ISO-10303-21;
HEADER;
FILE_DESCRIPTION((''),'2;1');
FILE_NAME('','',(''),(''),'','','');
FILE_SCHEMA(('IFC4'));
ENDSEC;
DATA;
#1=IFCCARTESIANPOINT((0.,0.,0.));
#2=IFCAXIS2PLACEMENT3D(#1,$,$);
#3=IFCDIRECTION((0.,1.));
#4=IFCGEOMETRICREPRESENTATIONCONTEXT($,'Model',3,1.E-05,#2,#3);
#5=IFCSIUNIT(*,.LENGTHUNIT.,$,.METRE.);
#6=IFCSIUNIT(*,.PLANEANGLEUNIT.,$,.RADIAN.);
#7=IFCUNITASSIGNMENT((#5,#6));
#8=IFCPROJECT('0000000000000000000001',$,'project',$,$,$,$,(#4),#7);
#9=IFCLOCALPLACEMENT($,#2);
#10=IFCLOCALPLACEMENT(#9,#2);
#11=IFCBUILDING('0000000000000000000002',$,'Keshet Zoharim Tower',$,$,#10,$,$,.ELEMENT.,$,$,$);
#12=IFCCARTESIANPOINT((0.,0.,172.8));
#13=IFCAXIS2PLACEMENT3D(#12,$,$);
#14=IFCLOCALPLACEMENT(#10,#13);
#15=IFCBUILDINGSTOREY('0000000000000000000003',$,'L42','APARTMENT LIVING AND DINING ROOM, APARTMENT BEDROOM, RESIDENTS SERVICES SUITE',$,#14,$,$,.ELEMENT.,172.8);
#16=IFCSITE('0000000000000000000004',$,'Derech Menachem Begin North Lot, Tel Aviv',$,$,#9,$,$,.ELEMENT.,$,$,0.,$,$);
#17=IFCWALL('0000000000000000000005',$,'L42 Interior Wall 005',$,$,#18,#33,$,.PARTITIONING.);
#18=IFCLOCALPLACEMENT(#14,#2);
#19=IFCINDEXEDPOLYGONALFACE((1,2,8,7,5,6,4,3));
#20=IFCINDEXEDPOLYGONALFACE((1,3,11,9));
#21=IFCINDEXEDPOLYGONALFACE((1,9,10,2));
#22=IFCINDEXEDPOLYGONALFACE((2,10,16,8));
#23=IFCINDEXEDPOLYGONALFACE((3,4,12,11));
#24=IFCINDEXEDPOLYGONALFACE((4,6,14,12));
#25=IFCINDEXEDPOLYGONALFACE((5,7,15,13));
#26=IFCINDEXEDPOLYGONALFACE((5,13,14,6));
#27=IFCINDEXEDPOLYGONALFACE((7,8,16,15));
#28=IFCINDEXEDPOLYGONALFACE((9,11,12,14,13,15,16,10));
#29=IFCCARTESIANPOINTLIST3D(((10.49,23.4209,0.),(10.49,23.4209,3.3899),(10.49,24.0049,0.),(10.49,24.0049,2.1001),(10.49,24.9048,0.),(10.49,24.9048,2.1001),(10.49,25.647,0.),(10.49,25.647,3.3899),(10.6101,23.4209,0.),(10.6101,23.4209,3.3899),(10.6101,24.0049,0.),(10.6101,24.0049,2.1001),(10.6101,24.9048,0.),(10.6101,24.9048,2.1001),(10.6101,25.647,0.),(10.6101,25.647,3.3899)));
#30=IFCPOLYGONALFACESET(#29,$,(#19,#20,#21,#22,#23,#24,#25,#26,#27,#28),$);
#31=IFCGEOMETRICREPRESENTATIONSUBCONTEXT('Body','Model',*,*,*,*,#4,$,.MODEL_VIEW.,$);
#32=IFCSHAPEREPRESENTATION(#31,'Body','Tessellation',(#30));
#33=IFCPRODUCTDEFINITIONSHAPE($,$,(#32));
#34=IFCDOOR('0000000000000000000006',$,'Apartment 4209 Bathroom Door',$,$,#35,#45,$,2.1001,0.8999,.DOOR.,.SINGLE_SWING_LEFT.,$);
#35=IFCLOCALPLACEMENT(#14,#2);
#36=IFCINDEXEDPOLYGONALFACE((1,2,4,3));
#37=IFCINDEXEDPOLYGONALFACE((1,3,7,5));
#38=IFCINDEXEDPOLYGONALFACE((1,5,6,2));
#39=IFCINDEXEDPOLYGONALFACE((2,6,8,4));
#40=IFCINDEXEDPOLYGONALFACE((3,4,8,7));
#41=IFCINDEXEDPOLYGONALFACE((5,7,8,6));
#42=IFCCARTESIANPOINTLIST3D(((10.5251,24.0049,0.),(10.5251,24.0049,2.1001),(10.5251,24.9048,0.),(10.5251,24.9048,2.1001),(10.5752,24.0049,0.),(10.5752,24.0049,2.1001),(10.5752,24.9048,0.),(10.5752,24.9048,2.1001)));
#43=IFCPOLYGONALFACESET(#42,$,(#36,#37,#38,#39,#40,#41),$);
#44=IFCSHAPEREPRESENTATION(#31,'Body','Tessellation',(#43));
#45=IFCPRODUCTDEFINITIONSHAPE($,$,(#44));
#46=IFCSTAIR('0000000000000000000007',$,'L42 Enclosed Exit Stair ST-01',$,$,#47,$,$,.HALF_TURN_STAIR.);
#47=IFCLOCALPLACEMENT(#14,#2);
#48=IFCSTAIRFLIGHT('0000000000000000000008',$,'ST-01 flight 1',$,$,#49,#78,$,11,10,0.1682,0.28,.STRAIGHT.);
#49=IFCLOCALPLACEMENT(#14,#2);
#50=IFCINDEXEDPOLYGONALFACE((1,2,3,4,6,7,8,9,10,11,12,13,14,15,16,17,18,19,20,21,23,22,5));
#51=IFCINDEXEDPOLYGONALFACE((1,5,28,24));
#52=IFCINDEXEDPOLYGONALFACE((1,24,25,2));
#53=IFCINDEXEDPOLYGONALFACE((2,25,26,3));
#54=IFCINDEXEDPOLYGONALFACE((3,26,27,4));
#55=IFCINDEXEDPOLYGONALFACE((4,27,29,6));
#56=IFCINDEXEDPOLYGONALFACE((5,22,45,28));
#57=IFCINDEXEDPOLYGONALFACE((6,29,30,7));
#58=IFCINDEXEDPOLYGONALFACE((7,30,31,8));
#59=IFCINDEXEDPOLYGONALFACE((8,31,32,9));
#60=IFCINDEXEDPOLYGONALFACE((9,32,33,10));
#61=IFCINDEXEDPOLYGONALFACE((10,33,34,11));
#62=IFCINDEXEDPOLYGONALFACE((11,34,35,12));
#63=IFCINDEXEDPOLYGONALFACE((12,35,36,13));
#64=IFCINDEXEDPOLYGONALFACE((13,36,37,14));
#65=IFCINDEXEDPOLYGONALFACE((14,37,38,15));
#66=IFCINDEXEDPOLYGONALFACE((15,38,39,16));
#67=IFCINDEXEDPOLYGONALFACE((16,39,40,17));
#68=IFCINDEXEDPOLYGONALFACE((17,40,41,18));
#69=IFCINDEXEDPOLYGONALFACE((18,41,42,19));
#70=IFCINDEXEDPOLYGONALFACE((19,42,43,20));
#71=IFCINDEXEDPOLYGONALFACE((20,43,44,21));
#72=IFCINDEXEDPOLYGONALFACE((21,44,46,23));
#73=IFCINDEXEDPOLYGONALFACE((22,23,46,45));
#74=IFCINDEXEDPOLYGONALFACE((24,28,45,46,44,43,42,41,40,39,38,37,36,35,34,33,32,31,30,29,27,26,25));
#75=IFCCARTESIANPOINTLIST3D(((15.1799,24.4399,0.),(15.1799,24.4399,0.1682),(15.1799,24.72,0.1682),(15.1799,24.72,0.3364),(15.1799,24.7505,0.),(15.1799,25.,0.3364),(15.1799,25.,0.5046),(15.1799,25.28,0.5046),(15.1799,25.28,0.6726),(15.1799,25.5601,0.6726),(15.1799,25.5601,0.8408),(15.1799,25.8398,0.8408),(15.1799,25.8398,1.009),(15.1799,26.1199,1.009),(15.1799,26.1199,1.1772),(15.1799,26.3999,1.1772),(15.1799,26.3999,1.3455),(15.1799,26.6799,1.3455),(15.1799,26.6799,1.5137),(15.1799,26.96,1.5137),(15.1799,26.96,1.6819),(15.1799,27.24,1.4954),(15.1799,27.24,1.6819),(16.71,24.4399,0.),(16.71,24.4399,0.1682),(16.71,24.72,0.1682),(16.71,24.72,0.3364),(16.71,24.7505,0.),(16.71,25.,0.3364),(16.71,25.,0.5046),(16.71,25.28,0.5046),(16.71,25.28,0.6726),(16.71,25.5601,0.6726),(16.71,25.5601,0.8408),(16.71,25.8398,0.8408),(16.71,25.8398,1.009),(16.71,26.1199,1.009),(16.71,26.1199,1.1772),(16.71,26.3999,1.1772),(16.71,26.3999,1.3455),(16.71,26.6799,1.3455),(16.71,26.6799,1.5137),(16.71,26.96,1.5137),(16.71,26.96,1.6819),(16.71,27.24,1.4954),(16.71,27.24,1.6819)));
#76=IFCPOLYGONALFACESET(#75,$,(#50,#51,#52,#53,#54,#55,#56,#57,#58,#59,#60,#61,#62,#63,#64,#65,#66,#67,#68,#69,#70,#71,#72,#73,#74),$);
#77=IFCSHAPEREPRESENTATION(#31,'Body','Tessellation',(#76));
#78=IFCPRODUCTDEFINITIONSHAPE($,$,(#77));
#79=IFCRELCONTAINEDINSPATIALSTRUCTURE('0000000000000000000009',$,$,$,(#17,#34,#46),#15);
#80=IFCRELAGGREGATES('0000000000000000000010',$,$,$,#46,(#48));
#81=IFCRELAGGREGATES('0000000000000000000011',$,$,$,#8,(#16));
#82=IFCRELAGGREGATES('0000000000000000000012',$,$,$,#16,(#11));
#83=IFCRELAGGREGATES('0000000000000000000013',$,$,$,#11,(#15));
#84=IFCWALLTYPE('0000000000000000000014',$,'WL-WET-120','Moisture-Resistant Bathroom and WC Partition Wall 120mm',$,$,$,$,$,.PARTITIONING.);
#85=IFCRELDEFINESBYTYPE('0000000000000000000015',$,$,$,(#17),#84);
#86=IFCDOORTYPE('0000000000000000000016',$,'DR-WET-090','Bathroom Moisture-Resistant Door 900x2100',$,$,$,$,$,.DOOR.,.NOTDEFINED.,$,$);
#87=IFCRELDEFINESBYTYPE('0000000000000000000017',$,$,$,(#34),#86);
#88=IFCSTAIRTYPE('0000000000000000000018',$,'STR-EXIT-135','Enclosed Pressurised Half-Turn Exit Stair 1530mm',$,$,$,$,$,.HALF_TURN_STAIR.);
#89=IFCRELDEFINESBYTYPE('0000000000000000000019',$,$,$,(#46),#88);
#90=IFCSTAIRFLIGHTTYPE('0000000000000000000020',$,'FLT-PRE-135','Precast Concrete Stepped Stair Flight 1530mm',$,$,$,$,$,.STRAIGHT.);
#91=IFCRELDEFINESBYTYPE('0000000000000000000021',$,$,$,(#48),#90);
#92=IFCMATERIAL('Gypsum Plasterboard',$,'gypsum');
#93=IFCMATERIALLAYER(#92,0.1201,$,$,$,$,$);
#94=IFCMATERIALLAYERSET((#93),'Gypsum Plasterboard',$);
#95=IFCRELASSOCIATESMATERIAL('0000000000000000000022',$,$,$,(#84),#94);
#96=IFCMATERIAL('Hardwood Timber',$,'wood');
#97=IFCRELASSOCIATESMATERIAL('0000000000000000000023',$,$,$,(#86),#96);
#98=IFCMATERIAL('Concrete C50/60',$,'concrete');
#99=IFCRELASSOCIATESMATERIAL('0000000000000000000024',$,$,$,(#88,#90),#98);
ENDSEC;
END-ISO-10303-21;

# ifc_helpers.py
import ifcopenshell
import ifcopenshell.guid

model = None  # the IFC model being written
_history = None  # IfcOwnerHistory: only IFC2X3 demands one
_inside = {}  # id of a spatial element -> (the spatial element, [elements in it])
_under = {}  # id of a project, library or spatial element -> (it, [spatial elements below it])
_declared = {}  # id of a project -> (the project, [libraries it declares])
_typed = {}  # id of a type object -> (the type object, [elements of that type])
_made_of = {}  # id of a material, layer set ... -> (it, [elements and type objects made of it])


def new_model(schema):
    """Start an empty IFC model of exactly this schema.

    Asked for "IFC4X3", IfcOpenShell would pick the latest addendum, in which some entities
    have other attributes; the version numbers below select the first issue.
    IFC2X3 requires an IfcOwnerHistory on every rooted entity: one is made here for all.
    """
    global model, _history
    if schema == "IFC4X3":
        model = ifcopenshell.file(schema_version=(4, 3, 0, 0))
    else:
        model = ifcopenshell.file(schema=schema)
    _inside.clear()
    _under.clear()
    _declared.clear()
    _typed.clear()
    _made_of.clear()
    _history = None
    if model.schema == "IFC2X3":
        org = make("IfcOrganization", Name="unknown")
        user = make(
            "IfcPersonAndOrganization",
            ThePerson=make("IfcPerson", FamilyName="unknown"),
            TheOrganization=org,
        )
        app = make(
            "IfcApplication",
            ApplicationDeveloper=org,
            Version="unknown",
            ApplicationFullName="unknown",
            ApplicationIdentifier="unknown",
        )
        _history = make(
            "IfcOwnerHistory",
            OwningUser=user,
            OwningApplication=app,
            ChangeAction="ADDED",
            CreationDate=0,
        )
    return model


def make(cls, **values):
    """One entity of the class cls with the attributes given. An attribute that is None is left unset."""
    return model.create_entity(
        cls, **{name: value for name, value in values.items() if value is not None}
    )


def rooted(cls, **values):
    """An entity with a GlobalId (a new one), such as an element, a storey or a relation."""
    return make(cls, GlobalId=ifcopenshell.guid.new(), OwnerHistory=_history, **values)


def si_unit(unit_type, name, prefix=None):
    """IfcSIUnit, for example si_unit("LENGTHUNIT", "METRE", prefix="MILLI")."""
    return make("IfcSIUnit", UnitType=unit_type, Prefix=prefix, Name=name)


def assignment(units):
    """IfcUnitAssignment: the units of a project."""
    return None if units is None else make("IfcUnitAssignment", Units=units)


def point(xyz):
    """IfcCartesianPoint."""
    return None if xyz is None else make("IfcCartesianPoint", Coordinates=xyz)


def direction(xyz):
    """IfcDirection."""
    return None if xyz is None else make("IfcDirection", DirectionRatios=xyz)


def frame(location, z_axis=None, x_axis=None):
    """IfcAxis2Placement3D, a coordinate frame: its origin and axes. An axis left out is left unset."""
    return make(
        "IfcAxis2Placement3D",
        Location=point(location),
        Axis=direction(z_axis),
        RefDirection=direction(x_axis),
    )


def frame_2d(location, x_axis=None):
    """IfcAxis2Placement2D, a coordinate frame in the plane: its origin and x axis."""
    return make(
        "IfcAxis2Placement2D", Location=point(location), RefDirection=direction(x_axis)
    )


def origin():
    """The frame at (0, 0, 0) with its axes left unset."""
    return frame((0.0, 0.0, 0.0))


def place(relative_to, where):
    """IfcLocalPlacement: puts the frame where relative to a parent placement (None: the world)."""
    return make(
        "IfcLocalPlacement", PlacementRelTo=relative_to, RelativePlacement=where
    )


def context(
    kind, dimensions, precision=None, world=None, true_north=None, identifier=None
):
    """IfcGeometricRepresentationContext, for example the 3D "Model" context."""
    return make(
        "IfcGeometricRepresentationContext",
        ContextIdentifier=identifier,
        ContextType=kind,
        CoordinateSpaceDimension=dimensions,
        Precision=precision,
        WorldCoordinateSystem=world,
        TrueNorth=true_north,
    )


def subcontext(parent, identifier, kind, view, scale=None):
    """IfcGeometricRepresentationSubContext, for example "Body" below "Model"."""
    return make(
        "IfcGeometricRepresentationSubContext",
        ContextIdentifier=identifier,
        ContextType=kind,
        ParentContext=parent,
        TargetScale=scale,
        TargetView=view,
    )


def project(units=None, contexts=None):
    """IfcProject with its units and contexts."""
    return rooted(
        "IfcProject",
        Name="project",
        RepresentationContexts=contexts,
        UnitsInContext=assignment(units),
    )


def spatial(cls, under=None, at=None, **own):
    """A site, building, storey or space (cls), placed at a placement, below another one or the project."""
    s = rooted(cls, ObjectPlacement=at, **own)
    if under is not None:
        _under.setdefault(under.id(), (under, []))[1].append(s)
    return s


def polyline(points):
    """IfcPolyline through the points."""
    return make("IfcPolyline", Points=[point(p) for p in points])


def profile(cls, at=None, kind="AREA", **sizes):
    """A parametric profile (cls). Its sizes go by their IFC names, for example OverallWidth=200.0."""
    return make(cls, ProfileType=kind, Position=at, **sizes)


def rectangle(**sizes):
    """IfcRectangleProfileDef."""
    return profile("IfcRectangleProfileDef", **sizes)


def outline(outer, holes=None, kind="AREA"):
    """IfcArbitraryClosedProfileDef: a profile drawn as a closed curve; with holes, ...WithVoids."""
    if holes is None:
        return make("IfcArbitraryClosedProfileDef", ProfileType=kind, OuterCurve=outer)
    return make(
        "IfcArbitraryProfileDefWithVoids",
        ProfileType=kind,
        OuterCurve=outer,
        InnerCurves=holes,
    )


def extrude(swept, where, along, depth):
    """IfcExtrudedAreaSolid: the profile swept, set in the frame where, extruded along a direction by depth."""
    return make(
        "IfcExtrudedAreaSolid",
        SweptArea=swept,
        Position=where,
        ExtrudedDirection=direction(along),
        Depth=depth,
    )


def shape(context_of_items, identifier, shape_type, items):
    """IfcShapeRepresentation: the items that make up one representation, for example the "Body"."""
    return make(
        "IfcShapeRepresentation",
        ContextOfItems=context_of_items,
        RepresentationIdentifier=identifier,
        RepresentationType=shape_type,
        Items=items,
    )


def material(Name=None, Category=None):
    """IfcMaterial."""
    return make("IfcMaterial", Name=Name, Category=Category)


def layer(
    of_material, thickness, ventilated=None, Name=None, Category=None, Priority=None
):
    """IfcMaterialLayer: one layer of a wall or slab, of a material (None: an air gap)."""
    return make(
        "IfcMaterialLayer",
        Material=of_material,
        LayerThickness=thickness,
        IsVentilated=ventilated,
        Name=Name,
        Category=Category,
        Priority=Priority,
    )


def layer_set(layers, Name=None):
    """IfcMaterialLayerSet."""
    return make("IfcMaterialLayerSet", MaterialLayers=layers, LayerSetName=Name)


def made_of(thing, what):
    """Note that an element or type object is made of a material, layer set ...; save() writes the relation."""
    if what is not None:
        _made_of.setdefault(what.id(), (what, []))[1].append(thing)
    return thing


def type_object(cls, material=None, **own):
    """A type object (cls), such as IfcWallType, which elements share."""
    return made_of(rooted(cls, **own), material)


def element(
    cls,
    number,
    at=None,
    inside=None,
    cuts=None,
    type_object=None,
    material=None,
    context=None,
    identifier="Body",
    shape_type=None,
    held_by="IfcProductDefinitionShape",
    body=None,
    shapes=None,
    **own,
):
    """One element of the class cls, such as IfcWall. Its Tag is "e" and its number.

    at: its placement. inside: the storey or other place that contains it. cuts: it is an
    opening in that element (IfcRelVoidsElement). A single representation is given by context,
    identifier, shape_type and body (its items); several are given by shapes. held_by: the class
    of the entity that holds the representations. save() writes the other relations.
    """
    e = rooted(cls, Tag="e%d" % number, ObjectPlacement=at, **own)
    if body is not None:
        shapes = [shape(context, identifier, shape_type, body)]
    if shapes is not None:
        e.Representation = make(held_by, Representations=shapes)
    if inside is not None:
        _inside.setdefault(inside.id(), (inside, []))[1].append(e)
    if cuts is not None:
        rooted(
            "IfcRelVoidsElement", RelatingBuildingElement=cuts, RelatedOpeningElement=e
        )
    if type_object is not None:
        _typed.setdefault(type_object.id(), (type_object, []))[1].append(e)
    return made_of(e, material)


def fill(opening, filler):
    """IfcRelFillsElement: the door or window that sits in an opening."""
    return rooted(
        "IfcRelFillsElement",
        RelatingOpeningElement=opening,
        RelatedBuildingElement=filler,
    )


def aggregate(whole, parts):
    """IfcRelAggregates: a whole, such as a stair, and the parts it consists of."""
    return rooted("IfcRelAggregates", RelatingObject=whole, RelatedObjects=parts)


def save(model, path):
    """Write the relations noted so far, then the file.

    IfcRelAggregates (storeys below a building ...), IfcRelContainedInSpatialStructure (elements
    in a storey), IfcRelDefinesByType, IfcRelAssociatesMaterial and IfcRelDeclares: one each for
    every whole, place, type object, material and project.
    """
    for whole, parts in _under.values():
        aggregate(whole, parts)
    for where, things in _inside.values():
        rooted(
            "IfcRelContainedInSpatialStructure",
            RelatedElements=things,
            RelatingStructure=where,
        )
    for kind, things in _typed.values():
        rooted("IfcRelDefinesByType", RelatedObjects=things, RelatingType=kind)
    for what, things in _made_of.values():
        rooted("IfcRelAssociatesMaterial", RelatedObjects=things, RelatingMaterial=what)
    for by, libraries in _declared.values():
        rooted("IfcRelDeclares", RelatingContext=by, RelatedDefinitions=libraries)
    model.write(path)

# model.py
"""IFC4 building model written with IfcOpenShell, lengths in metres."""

from ifc_helpers import new_model, si_unit, direction, frame, frame_2d, origin, place, context, subcontext, project, spatial, polyline, rectangle, outline, extrude, material, layer, layer_set, type_object, element, fill, aggregate, save


model = new_model("IFC4")

# Units and contexts
model_context = context("Model", 3, precision=1e-05, world=origin(), true_north=direction((0.0, 1.0)))
body_context = subcontext(model_context, "Body", "Model", "MODEL_VIEW")
ifc_project = project(units=[si_unit("LENGTHUNIT", "METRE"), si_unit("PLANEANGLEUNIT", "RADIAN")], contexts=[model_context])

# Site, building, storey
site_placement = place(None, origin())
site = spatial("IfcSite", under=ifc_project, at=site_placement, Name="Derech Menachem Begin North Lot, Tel Aviv", CompositionType="ELEMENT", RefElevation=0.0)
building_placement = place(site_placement, origin())
building = spatial("IfcBuilding", under=site, at=building_placement, Name="Keshet Zoharim Tower", CompositionType="ELEMENT")
storey_placement = place(building_placement, frame((0.0, 0.0, 172.8)))
storey = spatial("IfcBuildingStorey", under=building, at=storey_placement, Name="L42", Description="APARTMENT LIVING AND DINING ROOM, APARTMENT BEDROOM, RESIDENTS SERVICES SUITE", CompositionType="ELEMENT", Elevation=172.8)

# Shared definitions
ifc_material_1 = material(Name="Gypsum Plasterboard", Category="gypsum")

# Shared definitions
ifc_material_2 = material(Name="Concrete C50/60", Category="concrete")
ifc_material_3 = material(Name="Hardwood Timber", Category="wood")

# Wall, opening, door
ifc_layer_1 = layer(ifc_material_1, 0.1201)
ifc_layer_set_1 = layer_set([ifc_layer_1], Name="Gypsum Plasterboard")
wall_type_1 = type_object("IfcWallType", Name="WL-WET-120", Description="Moisture-Resistant Bathroom and WC Partition Wall 120mm", PredefinedType="PARTITIONING", material=ifc_layer_set_1)
wall_1_placement = place(storey_placement, frame((10.55, 23.4209, 0.0), z_axis=(0.0, 0.0, 1.0), x_axis=(0.0, 1.0, 0.0)))
wall_1 = element("IfcWall", 1, at=wall_1_placement, inside=storey, type_object=wall_type_1, Name="L42 Interior Wall 005", PredefinedType="PARTITIONING", context=body_context, shape_type="SweptSolid", body=[
    extrude(rectangle(XDim=2.2261, YDim=0.1201, at=frame_2d((1.113, 0.0))), origin(), (0.0, 0.0, 1.0), 3.3899),
])
opening_1_placement = place(wall_1_placement, frame((0.584, 0.0, 0.0)))
opening_1 = element("IfcOpeningElement", 2, at=opening_1_placement, cuts=wall_1, PredefinedType="OPENING", context=body_context, shape_type="SweptSolid", body=[
    extrude(rectangle(XDim=0.8999, YDim=2.1001, at=frame_2d((0.45, 1.05))), frame((0.0, 0.0701, 0.0), z_axis=(0.0, -1.0, 0.0), x_axis=(1.0, 0.0, 0.0)), (0.0, 0.0, 1.0), 0.1401),
])
door_type_1 = type_object("IfcDoorType", Name="DR-WET-090", Description="Bathroom Moisture-Resistant Door 900x2100", OperationType="NOTDEFINED", PredefinedType="DOOR", material=ifc_material_3)
door_1_placement = place(opening_1_placement, origin())
door_1 = element("IfcDoor", 3, at=door_1_placement, inside=storey, type_object=door_type_1, Name="Apartment 4209 Bathroom Door", OperationType="SINGLE_SWING_LEFT", OverallHeight=2.1001, OverallWidth=0.8999, PredefinedType="DOOR", context=body_context, shape_type="SweptSolid", body=[
    extrude(rectangle(XDim=0.8999, YDim=2.1001, at=frame_2d((0.45, 1.05))), frame((0.0, 0.0249, 0.0), z_axis=(0.0, -1.0, 0.0), x_axis=(1.0, 0.0, 0.0)), (0.0, 0.0, 1.0), 0.05),
])
fill(opening_1, door_1)

# Stair, stair flight
stair_type = type_object("IfcStairType", Name="STR-EXIT-135", Description="Enclosed Pressurised Half-Turn Exit Stair 1530mm", PredefinedType="HALF_TURN_STAIR", material=ifc_material_2)
stair_placement = place(storey_placement, origin())
stair = element("IfcStair", 4, at=stair_placement, inside=storey, type_object=stair_type, Name="L42 Enclosed Exit Stair ST-01", PredefinedType="HALF_TURN_STAIR")
stair_flight_type = type_object("IfcStairFlightType", Name="FLT-PRE-135", Description="Precast Concrete Stepped Stair Flight 1530mm", PredefinedType="STRAIGHT", material=ifc_material_2)
stair_flight_placement = place(storey_placement, frame((15.9451, 24.4399, 0.0), z_axis=(0.0, 0.0, 1.0), x_axis=(0.0, 1.0, 0.0)))
stair_flight = element("IfcStairFlight", 5, at=stair_flight_placement, type_object=stair_flight_type, Name="ST-01 flight 1", NumberOfRisers=11, NumberOfTreads=10, PredefinedType="STRAIGHT", RiserHeight=0.1682, TreadLength=0.28, context=body_context, shape_type="SweptSolid", body=[
    extrude(outline(polyline([(0.0, 0.0), (0.0, 0.1682), (0.28, 0.1682), (0.28, 0.3364), (0.5601, 0.3364), (0.5601, 0.5046), (0.8401, 0.5046), (0.8401, 0.6726), (1.1201, 0.6726), (1.1201, 0.8408), (1.3999, 0.8408), (1.3999, 1.009), (1.6799, 1.009), (1.6799, 1.1772), (1.96, 1.1772), (1.96, 1.3455), (2.24, 1.3455), (2.24, 1.5137), (2.52, 1.5137), (2.52, 1.6819), (2.8, 1.6819), (2.8, 1.8501), (2.8, 1.4954), (0.3105, 0.0), (0.0, 0.0)])), frame((0.0, 0.7651, 0.0), z_axis=(0.0, -1.0, 0.0), x_axis=(1.0, 0.0, 0.0)), (0.0, 0.0, 1.0), 1.53),
])
aggregate(stair, [stair_flight])

save(model, "model.ifc")
